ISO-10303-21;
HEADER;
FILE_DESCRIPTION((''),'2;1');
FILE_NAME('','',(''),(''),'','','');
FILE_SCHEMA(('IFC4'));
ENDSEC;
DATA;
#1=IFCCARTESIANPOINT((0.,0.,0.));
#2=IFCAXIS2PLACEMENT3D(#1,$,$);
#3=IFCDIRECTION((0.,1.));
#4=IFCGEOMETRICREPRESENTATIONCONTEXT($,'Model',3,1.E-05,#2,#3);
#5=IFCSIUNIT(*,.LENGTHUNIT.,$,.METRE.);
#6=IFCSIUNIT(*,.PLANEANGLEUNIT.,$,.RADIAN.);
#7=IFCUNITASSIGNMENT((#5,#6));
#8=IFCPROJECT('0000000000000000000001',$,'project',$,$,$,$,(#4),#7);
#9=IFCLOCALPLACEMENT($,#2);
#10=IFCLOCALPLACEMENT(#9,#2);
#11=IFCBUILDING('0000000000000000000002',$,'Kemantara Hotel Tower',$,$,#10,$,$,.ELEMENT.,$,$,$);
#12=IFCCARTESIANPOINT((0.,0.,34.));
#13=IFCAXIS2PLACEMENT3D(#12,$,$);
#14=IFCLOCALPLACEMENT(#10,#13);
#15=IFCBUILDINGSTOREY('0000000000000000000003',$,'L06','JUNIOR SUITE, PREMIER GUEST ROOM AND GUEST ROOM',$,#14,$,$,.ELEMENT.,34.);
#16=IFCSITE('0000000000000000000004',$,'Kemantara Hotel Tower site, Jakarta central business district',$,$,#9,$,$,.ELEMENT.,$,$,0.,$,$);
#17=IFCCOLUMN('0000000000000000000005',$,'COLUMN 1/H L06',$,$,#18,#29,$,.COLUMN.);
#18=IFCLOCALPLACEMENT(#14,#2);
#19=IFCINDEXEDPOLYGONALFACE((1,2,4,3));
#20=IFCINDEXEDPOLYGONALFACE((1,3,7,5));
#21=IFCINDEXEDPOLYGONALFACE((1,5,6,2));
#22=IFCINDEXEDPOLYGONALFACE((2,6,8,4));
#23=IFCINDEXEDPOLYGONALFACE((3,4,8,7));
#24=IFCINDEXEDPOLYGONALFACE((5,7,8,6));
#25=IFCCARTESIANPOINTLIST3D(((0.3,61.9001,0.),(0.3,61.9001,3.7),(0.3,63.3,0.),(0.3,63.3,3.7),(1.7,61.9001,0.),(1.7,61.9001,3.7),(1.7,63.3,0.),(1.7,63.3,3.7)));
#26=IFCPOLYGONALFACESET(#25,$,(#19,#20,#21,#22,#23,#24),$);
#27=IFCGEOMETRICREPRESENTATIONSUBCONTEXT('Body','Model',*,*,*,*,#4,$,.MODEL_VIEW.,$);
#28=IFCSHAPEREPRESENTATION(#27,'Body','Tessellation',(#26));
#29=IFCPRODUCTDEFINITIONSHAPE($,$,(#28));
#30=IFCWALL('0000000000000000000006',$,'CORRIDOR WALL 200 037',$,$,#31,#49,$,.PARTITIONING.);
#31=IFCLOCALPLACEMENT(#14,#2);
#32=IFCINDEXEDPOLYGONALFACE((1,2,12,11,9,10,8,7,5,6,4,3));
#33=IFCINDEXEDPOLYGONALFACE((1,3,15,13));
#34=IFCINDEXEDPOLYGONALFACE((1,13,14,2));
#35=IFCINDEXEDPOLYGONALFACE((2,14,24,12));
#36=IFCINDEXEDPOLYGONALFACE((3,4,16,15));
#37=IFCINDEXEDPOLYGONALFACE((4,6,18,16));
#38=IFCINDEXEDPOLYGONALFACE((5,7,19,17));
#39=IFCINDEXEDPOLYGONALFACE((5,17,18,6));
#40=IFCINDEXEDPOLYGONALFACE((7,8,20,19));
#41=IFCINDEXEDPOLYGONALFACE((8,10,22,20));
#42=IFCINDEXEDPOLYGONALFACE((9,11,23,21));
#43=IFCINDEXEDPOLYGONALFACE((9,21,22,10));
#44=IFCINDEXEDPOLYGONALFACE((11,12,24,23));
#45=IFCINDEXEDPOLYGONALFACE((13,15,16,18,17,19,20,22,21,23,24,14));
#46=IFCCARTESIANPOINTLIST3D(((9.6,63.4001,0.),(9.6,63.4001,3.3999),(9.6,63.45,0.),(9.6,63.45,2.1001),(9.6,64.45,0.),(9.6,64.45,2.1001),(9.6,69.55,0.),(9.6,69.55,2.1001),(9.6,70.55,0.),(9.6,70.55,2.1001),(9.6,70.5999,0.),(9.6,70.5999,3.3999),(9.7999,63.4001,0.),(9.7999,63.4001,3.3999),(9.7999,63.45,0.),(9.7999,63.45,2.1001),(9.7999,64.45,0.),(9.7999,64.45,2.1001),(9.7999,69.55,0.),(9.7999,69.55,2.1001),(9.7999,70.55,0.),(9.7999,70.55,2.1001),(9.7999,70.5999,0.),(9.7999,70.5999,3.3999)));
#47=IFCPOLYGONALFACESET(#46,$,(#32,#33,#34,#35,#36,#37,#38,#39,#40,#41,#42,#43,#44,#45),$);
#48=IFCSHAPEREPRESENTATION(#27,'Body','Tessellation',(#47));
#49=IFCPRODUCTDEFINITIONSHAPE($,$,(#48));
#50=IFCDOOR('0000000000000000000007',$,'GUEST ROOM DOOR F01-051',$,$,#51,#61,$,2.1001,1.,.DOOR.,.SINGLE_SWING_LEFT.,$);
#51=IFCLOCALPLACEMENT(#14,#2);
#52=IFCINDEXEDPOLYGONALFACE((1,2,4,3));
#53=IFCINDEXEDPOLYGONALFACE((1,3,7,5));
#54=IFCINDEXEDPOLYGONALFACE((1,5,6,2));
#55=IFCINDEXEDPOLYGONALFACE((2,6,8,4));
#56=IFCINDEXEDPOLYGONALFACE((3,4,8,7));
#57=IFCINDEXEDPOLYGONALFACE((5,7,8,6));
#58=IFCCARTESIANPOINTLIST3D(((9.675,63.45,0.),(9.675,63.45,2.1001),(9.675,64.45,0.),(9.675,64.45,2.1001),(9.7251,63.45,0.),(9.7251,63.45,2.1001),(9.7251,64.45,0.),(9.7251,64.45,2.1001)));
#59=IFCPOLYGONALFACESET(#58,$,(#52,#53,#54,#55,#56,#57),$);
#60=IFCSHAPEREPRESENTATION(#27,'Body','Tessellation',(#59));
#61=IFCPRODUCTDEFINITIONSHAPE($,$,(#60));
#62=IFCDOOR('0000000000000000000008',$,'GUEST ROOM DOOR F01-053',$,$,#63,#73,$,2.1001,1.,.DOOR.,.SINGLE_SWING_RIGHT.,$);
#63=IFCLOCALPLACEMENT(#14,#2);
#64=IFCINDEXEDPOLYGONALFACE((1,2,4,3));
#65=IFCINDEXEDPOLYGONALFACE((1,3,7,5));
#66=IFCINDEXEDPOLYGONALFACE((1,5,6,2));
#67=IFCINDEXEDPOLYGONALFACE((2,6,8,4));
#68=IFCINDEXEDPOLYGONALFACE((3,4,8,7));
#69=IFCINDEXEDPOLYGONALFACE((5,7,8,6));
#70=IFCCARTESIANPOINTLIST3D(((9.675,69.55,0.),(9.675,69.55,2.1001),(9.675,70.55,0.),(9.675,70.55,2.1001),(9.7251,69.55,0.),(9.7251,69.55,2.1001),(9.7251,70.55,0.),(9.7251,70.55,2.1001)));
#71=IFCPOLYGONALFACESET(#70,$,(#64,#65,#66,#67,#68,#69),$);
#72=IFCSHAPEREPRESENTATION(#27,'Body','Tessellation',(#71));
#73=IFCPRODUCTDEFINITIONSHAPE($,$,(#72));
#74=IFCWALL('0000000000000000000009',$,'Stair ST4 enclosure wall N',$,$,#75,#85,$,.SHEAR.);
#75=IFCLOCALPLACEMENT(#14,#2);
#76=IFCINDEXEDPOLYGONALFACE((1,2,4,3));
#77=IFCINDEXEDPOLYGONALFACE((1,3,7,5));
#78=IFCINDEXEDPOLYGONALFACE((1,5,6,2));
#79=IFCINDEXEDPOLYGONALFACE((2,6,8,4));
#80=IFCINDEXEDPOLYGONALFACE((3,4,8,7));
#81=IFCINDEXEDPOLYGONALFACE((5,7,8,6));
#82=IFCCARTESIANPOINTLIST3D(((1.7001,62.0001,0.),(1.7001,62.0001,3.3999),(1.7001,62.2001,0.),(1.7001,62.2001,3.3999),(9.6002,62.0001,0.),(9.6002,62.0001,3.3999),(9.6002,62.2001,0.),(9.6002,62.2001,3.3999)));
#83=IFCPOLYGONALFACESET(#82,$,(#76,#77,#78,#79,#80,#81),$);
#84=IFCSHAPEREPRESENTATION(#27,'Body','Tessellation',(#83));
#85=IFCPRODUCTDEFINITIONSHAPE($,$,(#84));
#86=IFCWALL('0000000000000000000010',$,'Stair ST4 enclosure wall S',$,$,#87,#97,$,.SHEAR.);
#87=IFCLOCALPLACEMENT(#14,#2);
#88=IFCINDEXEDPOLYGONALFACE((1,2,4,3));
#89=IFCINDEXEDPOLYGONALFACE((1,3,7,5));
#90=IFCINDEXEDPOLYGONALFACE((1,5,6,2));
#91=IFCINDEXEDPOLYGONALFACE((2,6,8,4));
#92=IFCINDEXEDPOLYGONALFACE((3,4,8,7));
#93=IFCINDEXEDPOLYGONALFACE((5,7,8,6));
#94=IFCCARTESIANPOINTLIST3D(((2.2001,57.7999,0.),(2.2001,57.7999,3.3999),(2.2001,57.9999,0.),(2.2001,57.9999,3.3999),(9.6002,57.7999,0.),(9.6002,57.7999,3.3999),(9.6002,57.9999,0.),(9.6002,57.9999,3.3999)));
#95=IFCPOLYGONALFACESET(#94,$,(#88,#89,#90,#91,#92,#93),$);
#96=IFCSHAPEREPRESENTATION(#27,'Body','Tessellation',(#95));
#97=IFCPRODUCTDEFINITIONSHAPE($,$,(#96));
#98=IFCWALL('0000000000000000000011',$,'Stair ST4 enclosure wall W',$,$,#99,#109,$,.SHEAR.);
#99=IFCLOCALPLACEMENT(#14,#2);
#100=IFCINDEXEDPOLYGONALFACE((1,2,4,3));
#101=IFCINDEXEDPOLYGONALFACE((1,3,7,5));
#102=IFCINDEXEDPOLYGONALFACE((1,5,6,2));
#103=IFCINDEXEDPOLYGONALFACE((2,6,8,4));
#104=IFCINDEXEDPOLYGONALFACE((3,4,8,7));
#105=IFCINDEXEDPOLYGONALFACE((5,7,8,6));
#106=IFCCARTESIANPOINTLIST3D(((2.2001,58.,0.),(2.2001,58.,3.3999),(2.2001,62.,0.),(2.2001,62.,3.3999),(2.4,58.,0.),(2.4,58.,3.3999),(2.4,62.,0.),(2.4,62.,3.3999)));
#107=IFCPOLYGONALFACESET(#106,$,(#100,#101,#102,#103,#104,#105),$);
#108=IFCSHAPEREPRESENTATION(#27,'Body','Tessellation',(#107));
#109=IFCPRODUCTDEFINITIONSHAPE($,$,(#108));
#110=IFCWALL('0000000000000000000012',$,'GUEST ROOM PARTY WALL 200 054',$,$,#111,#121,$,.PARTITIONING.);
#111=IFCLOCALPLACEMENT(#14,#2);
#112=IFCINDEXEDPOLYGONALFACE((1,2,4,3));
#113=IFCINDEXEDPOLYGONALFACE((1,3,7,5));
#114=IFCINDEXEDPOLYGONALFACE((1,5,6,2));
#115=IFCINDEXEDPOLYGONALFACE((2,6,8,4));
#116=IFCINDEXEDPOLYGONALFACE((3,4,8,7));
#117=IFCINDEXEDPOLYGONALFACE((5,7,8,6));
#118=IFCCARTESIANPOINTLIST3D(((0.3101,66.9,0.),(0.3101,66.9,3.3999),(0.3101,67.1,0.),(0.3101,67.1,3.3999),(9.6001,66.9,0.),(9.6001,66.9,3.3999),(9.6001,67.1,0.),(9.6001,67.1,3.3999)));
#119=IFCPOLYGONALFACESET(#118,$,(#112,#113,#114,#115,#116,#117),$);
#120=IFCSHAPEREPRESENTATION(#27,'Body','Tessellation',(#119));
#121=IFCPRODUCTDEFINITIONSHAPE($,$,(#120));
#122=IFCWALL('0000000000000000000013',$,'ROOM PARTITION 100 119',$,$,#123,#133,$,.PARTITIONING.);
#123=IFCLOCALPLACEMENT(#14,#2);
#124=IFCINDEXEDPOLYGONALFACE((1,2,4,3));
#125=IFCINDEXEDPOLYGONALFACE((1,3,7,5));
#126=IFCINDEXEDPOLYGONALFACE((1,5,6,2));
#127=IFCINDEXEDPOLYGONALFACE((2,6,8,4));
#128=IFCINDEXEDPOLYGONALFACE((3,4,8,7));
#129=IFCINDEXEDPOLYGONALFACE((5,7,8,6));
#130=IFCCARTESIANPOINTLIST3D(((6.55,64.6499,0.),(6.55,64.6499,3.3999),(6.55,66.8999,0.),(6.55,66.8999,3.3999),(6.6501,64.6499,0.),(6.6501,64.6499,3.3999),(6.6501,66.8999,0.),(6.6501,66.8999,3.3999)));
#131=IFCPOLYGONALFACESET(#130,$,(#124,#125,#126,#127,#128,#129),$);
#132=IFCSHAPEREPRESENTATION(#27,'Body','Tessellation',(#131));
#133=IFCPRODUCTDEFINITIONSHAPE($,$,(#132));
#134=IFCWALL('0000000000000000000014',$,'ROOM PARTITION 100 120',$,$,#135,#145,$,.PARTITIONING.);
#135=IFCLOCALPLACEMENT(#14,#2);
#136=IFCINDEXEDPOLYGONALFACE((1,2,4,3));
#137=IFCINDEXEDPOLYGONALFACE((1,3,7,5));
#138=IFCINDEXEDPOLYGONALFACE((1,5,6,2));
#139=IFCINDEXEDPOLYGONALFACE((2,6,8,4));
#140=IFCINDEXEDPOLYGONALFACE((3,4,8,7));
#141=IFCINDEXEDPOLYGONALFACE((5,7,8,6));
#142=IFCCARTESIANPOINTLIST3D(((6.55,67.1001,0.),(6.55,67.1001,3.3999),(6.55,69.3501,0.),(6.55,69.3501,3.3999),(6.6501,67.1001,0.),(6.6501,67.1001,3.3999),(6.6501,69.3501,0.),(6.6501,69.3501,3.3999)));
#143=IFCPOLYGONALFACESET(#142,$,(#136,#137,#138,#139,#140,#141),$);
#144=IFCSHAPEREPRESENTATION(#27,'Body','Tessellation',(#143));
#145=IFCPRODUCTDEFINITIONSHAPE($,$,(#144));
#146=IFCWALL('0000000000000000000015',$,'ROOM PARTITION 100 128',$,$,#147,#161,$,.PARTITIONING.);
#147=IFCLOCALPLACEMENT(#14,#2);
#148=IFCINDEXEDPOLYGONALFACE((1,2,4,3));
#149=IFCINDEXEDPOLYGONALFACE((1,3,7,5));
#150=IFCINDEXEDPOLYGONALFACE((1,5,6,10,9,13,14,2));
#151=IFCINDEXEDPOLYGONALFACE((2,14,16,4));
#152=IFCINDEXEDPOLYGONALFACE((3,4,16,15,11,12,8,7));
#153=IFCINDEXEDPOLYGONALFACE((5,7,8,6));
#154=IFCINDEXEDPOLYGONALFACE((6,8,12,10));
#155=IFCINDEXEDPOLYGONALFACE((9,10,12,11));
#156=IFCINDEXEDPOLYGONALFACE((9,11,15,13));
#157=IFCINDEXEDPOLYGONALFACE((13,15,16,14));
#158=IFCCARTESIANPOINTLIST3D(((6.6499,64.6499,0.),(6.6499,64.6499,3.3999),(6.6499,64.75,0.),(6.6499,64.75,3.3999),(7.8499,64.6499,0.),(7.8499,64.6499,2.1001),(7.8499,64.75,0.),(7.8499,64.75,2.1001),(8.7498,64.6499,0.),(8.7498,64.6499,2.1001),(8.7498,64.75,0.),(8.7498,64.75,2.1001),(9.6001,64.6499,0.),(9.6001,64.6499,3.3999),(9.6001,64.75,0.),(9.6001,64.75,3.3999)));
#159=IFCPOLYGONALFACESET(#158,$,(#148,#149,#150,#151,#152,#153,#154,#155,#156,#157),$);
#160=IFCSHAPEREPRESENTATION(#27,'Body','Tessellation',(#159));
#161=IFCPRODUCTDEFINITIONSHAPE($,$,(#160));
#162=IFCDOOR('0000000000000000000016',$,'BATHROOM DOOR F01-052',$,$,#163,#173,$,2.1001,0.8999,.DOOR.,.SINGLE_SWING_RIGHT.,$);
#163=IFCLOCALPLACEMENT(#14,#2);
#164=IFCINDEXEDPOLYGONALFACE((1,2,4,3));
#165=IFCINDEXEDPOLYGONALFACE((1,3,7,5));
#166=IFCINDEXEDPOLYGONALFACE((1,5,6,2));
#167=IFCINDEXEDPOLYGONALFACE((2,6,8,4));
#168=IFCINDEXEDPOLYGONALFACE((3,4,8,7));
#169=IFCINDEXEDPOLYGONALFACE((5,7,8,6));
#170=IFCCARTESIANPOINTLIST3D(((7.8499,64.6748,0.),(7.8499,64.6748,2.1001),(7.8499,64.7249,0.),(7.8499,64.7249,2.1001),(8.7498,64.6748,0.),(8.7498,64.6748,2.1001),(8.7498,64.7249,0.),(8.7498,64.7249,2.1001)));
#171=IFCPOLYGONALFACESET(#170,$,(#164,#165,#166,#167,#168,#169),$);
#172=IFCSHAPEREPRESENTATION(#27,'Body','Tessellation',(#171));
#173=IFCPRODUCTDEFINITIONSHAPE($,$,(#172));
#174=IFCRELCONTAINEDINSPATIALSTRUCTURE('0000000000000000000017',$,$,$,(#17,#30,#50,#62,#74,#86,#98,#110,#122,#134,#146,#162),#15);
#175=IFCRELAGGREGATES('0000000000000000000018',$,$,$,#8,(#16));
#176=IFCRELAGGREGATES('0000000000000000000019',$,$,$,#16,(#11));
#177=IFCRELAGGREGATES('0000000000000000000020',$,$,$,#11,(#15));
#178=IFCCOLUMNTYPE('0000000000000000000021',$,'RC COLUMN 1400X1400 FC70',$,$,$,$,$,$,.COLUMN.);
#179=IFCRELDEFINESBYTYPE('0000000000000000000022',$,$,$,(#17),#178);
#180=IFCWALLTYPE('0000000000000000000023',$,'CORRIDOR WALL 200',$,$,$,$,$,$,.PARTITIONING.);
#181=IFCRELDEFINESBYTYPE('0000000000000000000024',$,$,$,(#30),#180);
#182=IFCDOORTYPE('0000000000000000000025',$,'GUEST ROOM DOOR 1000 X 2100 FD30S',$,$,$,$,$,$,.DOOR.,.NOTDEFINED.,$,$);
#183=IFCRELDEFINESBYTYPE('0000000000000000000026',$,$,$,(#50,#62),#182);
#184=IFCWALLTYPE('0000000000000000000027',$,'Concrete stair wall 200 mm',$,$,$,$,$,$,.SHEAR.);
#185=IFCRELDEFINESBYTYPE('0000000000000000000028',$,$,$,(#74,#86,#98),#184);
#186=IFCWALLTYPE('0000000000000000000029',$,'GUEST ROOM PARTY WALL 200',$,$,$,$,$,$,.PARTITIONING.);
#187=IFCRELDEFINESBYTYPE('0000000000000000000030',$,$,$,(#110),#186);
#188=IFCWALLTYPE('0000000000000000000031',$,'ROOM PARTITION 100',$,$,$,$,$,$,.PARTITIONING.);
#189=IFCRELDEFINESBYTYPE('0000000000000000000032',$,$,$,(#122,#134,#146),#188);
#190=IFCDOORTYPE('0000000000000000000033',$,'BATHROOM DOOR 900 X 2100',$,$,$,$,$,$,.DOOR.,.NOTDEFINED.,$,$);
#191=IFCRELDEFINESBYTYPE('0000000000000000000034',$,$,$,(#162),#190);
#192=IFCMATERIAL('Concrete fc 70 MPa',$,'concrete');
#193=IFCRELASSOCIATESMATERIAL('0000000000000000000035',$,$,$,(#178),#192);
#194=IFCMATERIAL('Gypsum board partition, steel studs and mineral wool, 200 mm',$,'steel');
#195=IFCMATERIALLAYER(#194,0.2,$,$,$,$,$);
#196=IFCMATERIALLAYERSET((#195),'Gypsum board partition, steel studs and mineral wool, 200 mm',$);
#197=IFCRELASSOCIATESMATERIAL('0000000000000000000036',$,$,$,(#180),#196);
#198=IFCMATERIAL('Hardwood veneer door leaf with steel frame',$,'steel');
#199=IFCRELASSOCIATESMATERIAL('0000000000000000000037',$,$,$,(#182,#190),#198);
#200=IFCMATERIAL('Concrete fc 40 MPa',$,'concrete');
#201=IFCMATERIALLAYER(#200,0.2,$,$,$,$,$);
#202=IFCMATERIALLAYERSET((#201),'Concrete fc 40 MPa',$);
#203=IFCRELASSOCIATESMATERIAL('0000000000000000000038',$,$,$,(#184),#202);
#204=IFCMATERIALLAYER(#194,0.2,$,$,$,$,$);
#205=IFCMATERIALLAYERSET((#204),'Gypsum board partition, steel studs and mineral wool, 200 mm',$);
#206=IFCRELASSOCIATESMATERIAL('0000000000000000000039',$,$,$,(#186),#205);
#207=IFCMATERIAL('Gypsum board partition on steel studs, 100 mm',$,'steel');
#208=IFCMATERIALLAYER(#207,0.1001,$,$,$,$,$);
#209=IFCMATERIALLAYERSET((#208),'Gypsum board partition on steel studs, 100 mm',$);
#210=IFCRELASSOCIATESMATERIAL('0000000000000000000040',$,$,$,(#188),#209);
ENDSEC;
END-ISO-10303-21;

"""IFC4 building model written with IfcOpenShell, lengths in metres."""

from ifc_helpers import new_model, si_unit, direction, frame, frame_2d, origin, origin_2d, place, context, subcontext, project, spatial, rectangle, extrude, material, layer, layer_set, material_profile, profile_set, type_object, element, fill, save


model = new_model("IFC4")

# Units and contexts
model_context = context("Model", 3, precision=1e-05, world=origin(), true_north=direction((0.0, 1.0)))
body_context = subcontext(model_context, "Body", "Model", "MODEL_VIEW")
ifc_project = project(units=[si_unit("LENGTHUNIT", "METRE"), si_unit("PLANEANGLEUNIT", "RADIAN")], contexts=[model_context])

# Site, building, storey
site_placement = place(None, origin())
site = spatial("IfcSite", under=ifc_project, at=site_placement, Name="Kemantara Hotel Tower site, Jakarta central business district", CompositionType="ELEMENT", RefElevation=0.0)
building_placement = place(site_placement, origin())
building = spatial("IfcBuilding", under=site, at=building_placement, Name="Kemantara Hotel Tower", CompositionType="ELEMENT")
storey_placement = place(building_placement, frame((0.0, 0.0, 34.0)))
storey = spatial("IfcBuildingStorey", under=building, at=storey_placement, Name="L06", Description="JUNIOR SUITE, PREMIER GUEST ROOM AND GUEST ROOM", CompositionType="ELEMENT", Elevation=34.0)

# Column
ifc_material_1 = material(Name="Concrete fc 70 MPa", Category="concrete")
ifc_material_profile = material_profile(ifc_material_1, rectangle(XDim=1.3999, YDim=1.3999, at=origin_2d()), Name="RC 1400X1400")
ifc_profile_set = profile_set([ifc_material_profile], Name="Concrete fc 70 MPa")
column_type = type_object("IfcColumnType", Name="RC COLUMN 1400X1400 FC70", PredefinedType="COLUMN", material=ifc_profile_set)
column_placement = place(storey_placement, frame((1.0, 62.6001, 0.0), z_axis=(0.0, 0.0, 1.0), x_axis=(1.0, 0.0, 0.0)))
element("IfcColumn", 1, at=column_placement, inside=storey, type_object=column_type, Name="COLUMN 1/H L06", PredefinedType="COLUMN", context=body_context, shape_type="SweptSolid", body=[
    extrude(rectangle(XDim=1.3999, YDim=1.3999, at=origin_2d()), origin(), (0.0, 0.0, 1.0), 3.7),
])

# Wall, openings, doors
ifc_material_2 = material(Name="Gypsum board partition, steel studs and mineral wool, 200 mm", Category="steel")
ifc_layer_1 = layer(ifc_material_2, 0.2)
ifc_layer_set_1 = layer_set([ifc_layer_1], Name="Gypsum board partition, steel studs and mineral wool, 200 mm")
wall_type_1 = type_object("IfcWallType", Name="CORRIDOR WALL 200", PredefinedType="PARTITIONING", material=ifc_layer_set_1)
wall_1_placement = place(storey_placement, frame((9.7, 63.4001, 0.0), z_axis=(0.0, 0.0, 1.0), x_axis=(0.0, 1.0, 0.0)))
wall_1 = element("IfcWall", 2, at=wall_1_placement, inside=storey, type_object=wall_type_1, Name="CORRIDOR WALL 200 037", PredefinedType="PARTITIONING", context=body_context, shape_type="SweptSolid", body=[
    extrude(rectangle(XDim=7.1997, YDim=0.2, at=frame_2d((3.5999, 0.0))), origin(), (0.0, 0.0, 1.0), 3.3999),
])
opening_1_placement = place(wall_1_placement, frame((0.0498, 0.0, 0.0)))
opening_1 = element("IfcOpeningElement", 3, at=opening_1_placement, cuts=wall_1, PredefinedType="OPENING", context=body_context, shape_type="SweptSolid", body=[
    extrude(rectangle(XDim=1.0, YDim=2.1001, at=frame_2d((0.5, 1.05))), frame((0.0, 0.1099, 0.0), z_axis=(0.0, -1.0, 0.0), x_axis=(1.0, 0.0, 0.0)), (0.0, 0.0, 1.0), 0.22),
])
opening_2_placement = place(wall_1_placement, frame((6.1499, 0.0, 0.0)))
opening_2 = element("IfcOpeningElement", 4, at=opening_2_placement, cuts=wall_1, PredefinedType="OPENING", context=body_context, shape_type="SweptSolid", body=[
    extrude(rectangle(XDim=1.0, YDim=2.1001, at=frame_2d((0.5, 1.05))), frame((0.0, 0.1099, 0.0), z_axis=(0.0, -1.0, 0.0), x_axis=(1.0, 0.0, 0.0)), (0.0, 0.0, 1.0), 0.22),
])
ifc_material_3 = material(Name="Hardwood veneer door leaf with steel frame", Category="steel")
door_type_1 = type_object("IfcDoorType", Name="GUEST ROOM DOOR 1000 X 2100 FD30S", OperationType="NOTDEFINED", PredefinedType="DOOR", material=ifc_material_3)
door_1_placement = place(opening_1_placement, origin())
door_1 = element("IfcDoor", 5, at=door_1_placement, inside=storey, type_object=door_type_1, Name="GUEST ROOM DOOR F01-051", OperationType="SINGLE_SWING_LEFT", OverallHeight=2.1001, OverallWidth=1.0, PredefinedType="DOOR", context=body_context, shape_type="SweptSolid", body=[
    extrude(rectangle(XDim=1.0, YDim=2.1001, at=frame_2d((0.5, 1.05))), frame((0.0, 0.0249, 0.0), z_axis=(0.0, -1.0, 0.0), x_axis=(1.0, 0.0, 0.0)), (0.0, 0.0, 1.0), 0.05),
])
fill(opening_1, door_1)
door_2_placement = place(opening_2_placement, origin())
door_2 = element("IfcDoor", 6, at=door_2_placement, inside=storey, type_object=door_type_1, Name="GUEST ROOM DOOR F01-053", OperationType="SINGLE_SWING_RIGHT", OverallHeight=2.1001, OverallWidth=1.0, PredefinedType="DOOR", context=body_context, shape_type="SweptSolid", body=[
    extrude(rectangle(XDim=1.0, YDim=2.1001, at=frame_2d((0.5, 1.05))), frame((0.0, 0.0249, 0.0), z_axis=(0.0, -1.0, 0.0), x_axis=(1.0, 0.0, 0.0)), (0.0, 0.0, 1.0), 0.05),
])
fill(opening_2, door_2)

# Walls
ifc_material_4 = material(Name="Concrete fc 40 MPa", Category="concrete")
ifc_layer_2 = layer(ifc_material_4, 0.2)
ifc_layer_set_2 = layer_set([ifc_layer_2], Name="Concrete fc 40 MPa")
wall_type_2 = type_object("IfcWallType", Name="Concrete stair wall 200 mm", PredefinedType="SHEAR", material=ifc_layer_set_2)
wall_2_placement = place(storey_placement, frame((1.7, 62.1001, 0.0), z_axis=(0.0, 0.0, 1.0), x_axis=(1.0, 0.0, 0.0)))
element("IfcWall", 7, at=wall_2_placement, inside=storey, type_object=wall_type_2, Name="Stair ST4 enclosure wall N", PredefinedType="SHEAR", context=body_context, shape_type="SweptSolid", body=[
    extrude(rectangle(XDim=7.9001, YDim=0.2, at=frame_2d((3.9502, 0.0))), origin(), (0.0, 0.0, 1.0), 3.3999),
])
wall_3_placement = place(storey_placement, frame((2.2, 57.8999, 0.0), z_axis=(0.0, 0.0, 1.0), x_axis=(1.0, 0.0, 0.0)))
element("IfcWall", 8, at=wall_3_placement, inside=storey, type_object=wall_type_2, Name="Stair ST4 enclosure wall S", PredefinedType="SHEAR", context=body_context, shape_type="SweptSolid", body=[
    extrude(rectangle(XDim=7.4001, YDim=0.2, at=frame_2d((3.7002, 0.0))), origin(), (0.0, 0.0, 1.0), 3.3999),
])
wall_4_placement = place(storey_placement, frame((2.3, 58.0, 0.0), z_axis=(0.0, 0.0, 1.0), x_axis=(0.0, 1.0, 0.0)))
element("IfcWall", 9, at=wall_4_placement, inside=storey, type_object=wall_type_2, Name="Stair ST4 enclosure wall W", PredefinedType="SHEAR", context=body_context, shape_type="SweptSolid", body=[
    extrude(rectangle(XDim=4.0, YDim=0.2, at=frame_2d((2.0, 0.0))), origin(), (0.0, 0.0, 1.0), 3.3999),
])
ifc_layer_3 = layer(ifc_material_2, 0.2)
ifc_layer_set_3 = layer_set([ifc_layer_3], Name="Gypsum board partition, steel studs and mineral wool, 200 mm")
wall_type_3 = type_object("IfcWallType", Name="GUEST ROOM PARTY WALL 200", PredefinedType="PARTITIONING", material=ifc_layer_set_3)
wall_5_placement = place(storey_placement, frame((0.3101, 67.0, 0.0), z_axis=(0.0, 0.0, 1.0), x_axis=(1.0, 0.0, 0.0)))
element("IfcWall", 10, at=wall_5_placement, inside=storey, type_object=wall_type_3, Name="GUEST ROOM PARTY WALL 200 054", PredefinedType="PARTITIONING", context=body_context, shape_type="SweptSolid", body=[
    extrude(rectangle(XDim=9.29, YDim=0.2, at=frame_2d((4.645, 0.0))), origin(), (0.0, 0.0, 1.0), 3.3999),
])
ifc_material_5 = material(Name="Gypsum board partition on steel studs, 100 mm", Category="steel")
ifc_layer_4 = layer(ifc_material_5, 0.1001)
ifc_layer_set_4 = layer_set([ifc_layer_4], Name="Gypsum board partition on steel studs, 100 mm")
wall_type_4 = type_object("IfcWallType", Name="ROOM PARTITION 100", PredefinedType="PARTITIONING", material=ifc_layer_set_4)
for number, where, z_axis, x_axis, name in (
    (11, (6.6001, 64.6499, 0.0), (0.0, 0.0, 1.0), (0.0, 1.0, 0.0), "ROOM PARTITION 100 119"),
    (12, (6.6001, 67.1001, 0.0), (0.0, 0.0, 1.0), (0.0, 1.0, 0.0), "ROOM PARTITION 100 120"),
):
    element("IfcWall", number, at=place(storey_placement, frame(where, z_axis=z_axis, x_axis=x_axis)), inside=storey, type_object=wall_type_4, Name=name, PredefinedType="PARTITIONING", context=body_context, shape_type="SweptSolid", body=[
        extrude(rectangle(XDim=2.25, YDim=0.1001, at=frame_2d((1.125, 0.0))), origin(), (0.0, 0.0, 1.0), 3.3999),
    ])

# Wall, opening, door
wall_6_placement = place(storey_placement, frame((6.6499, 64.7, 0.0), z_axis=(0.0, 0.0, 1.0), x_axis=(1.0, 0.0, 0.0)))
wall_6 = element("IfcWall", 13, at=wall_6_placement, inside=storey, type_object=wall_type_4, Name="ROOM PARTITION 100 128", PredefinedType="PARTITIONING", context=body_context, shape_type="SweptSolid", body=[
    extrude(rectangle(XDim=2.9502, YDim=0.1001, at=frame_2d((1.4751, 0.0))), origin(), (0.0, 0.0, 1.0), 3.3999),
])
opening_3_placement = place(wall_6_placement, frame((1.2, 0.0, 0.0)))
opening_3 = element("IfcOpeningElement", 14, at=opening_3_placement, cuts=wall_6, PredefinedType="OPENING", context=body_context, shape_type="SweptSolid", body=[
    extrude(rectangle(XDim=0.8999, YDim=2.1001, at=frame_2d((0.45, 1.05))), frame((0.0, 0.0601, 0.0), z_axis=(0.0, -1.0, 0.0), x_axis=(1.0, 0.0, 0.0)), (0.0, 0.0, 1.0), 0.1201),
])
door_type_2 = type_object("IfcDoorType", Name="BATHROOM DOOR 900 X 2100", OperationType="NOTDEFINED", PredefinedType="DOOR", material=ifc_material_3)
door_3_placement = place(opening_3_placement, origin())
door_3 = element("IfcDoor", 15, at=door_3_placement, inside=storey, type_object=door_type_2, Name="BATHROOM DOOR F01-052", OperationType="SINGLE_SWING_RIGHT", OverallHeight=2.1001, OverallWidth=0.8999, PredefinedType="DOOR", context=body_context, shape_type="SweptSolid", body=[
    extrude(rectangle(XDim=0.8999, YDim=2.1001, at=frame_2d((0.45, 1.05))), frame((0.0, 0.0249, 0.0), z_axis=(0.0, -1.0, 0.0), x_axis=(1.0, 0.0, 0.0)), (0.0, 0.0, 1.0), 0.05),
])
fill(opening_3, door_3)

save(model, "model.ifc")
